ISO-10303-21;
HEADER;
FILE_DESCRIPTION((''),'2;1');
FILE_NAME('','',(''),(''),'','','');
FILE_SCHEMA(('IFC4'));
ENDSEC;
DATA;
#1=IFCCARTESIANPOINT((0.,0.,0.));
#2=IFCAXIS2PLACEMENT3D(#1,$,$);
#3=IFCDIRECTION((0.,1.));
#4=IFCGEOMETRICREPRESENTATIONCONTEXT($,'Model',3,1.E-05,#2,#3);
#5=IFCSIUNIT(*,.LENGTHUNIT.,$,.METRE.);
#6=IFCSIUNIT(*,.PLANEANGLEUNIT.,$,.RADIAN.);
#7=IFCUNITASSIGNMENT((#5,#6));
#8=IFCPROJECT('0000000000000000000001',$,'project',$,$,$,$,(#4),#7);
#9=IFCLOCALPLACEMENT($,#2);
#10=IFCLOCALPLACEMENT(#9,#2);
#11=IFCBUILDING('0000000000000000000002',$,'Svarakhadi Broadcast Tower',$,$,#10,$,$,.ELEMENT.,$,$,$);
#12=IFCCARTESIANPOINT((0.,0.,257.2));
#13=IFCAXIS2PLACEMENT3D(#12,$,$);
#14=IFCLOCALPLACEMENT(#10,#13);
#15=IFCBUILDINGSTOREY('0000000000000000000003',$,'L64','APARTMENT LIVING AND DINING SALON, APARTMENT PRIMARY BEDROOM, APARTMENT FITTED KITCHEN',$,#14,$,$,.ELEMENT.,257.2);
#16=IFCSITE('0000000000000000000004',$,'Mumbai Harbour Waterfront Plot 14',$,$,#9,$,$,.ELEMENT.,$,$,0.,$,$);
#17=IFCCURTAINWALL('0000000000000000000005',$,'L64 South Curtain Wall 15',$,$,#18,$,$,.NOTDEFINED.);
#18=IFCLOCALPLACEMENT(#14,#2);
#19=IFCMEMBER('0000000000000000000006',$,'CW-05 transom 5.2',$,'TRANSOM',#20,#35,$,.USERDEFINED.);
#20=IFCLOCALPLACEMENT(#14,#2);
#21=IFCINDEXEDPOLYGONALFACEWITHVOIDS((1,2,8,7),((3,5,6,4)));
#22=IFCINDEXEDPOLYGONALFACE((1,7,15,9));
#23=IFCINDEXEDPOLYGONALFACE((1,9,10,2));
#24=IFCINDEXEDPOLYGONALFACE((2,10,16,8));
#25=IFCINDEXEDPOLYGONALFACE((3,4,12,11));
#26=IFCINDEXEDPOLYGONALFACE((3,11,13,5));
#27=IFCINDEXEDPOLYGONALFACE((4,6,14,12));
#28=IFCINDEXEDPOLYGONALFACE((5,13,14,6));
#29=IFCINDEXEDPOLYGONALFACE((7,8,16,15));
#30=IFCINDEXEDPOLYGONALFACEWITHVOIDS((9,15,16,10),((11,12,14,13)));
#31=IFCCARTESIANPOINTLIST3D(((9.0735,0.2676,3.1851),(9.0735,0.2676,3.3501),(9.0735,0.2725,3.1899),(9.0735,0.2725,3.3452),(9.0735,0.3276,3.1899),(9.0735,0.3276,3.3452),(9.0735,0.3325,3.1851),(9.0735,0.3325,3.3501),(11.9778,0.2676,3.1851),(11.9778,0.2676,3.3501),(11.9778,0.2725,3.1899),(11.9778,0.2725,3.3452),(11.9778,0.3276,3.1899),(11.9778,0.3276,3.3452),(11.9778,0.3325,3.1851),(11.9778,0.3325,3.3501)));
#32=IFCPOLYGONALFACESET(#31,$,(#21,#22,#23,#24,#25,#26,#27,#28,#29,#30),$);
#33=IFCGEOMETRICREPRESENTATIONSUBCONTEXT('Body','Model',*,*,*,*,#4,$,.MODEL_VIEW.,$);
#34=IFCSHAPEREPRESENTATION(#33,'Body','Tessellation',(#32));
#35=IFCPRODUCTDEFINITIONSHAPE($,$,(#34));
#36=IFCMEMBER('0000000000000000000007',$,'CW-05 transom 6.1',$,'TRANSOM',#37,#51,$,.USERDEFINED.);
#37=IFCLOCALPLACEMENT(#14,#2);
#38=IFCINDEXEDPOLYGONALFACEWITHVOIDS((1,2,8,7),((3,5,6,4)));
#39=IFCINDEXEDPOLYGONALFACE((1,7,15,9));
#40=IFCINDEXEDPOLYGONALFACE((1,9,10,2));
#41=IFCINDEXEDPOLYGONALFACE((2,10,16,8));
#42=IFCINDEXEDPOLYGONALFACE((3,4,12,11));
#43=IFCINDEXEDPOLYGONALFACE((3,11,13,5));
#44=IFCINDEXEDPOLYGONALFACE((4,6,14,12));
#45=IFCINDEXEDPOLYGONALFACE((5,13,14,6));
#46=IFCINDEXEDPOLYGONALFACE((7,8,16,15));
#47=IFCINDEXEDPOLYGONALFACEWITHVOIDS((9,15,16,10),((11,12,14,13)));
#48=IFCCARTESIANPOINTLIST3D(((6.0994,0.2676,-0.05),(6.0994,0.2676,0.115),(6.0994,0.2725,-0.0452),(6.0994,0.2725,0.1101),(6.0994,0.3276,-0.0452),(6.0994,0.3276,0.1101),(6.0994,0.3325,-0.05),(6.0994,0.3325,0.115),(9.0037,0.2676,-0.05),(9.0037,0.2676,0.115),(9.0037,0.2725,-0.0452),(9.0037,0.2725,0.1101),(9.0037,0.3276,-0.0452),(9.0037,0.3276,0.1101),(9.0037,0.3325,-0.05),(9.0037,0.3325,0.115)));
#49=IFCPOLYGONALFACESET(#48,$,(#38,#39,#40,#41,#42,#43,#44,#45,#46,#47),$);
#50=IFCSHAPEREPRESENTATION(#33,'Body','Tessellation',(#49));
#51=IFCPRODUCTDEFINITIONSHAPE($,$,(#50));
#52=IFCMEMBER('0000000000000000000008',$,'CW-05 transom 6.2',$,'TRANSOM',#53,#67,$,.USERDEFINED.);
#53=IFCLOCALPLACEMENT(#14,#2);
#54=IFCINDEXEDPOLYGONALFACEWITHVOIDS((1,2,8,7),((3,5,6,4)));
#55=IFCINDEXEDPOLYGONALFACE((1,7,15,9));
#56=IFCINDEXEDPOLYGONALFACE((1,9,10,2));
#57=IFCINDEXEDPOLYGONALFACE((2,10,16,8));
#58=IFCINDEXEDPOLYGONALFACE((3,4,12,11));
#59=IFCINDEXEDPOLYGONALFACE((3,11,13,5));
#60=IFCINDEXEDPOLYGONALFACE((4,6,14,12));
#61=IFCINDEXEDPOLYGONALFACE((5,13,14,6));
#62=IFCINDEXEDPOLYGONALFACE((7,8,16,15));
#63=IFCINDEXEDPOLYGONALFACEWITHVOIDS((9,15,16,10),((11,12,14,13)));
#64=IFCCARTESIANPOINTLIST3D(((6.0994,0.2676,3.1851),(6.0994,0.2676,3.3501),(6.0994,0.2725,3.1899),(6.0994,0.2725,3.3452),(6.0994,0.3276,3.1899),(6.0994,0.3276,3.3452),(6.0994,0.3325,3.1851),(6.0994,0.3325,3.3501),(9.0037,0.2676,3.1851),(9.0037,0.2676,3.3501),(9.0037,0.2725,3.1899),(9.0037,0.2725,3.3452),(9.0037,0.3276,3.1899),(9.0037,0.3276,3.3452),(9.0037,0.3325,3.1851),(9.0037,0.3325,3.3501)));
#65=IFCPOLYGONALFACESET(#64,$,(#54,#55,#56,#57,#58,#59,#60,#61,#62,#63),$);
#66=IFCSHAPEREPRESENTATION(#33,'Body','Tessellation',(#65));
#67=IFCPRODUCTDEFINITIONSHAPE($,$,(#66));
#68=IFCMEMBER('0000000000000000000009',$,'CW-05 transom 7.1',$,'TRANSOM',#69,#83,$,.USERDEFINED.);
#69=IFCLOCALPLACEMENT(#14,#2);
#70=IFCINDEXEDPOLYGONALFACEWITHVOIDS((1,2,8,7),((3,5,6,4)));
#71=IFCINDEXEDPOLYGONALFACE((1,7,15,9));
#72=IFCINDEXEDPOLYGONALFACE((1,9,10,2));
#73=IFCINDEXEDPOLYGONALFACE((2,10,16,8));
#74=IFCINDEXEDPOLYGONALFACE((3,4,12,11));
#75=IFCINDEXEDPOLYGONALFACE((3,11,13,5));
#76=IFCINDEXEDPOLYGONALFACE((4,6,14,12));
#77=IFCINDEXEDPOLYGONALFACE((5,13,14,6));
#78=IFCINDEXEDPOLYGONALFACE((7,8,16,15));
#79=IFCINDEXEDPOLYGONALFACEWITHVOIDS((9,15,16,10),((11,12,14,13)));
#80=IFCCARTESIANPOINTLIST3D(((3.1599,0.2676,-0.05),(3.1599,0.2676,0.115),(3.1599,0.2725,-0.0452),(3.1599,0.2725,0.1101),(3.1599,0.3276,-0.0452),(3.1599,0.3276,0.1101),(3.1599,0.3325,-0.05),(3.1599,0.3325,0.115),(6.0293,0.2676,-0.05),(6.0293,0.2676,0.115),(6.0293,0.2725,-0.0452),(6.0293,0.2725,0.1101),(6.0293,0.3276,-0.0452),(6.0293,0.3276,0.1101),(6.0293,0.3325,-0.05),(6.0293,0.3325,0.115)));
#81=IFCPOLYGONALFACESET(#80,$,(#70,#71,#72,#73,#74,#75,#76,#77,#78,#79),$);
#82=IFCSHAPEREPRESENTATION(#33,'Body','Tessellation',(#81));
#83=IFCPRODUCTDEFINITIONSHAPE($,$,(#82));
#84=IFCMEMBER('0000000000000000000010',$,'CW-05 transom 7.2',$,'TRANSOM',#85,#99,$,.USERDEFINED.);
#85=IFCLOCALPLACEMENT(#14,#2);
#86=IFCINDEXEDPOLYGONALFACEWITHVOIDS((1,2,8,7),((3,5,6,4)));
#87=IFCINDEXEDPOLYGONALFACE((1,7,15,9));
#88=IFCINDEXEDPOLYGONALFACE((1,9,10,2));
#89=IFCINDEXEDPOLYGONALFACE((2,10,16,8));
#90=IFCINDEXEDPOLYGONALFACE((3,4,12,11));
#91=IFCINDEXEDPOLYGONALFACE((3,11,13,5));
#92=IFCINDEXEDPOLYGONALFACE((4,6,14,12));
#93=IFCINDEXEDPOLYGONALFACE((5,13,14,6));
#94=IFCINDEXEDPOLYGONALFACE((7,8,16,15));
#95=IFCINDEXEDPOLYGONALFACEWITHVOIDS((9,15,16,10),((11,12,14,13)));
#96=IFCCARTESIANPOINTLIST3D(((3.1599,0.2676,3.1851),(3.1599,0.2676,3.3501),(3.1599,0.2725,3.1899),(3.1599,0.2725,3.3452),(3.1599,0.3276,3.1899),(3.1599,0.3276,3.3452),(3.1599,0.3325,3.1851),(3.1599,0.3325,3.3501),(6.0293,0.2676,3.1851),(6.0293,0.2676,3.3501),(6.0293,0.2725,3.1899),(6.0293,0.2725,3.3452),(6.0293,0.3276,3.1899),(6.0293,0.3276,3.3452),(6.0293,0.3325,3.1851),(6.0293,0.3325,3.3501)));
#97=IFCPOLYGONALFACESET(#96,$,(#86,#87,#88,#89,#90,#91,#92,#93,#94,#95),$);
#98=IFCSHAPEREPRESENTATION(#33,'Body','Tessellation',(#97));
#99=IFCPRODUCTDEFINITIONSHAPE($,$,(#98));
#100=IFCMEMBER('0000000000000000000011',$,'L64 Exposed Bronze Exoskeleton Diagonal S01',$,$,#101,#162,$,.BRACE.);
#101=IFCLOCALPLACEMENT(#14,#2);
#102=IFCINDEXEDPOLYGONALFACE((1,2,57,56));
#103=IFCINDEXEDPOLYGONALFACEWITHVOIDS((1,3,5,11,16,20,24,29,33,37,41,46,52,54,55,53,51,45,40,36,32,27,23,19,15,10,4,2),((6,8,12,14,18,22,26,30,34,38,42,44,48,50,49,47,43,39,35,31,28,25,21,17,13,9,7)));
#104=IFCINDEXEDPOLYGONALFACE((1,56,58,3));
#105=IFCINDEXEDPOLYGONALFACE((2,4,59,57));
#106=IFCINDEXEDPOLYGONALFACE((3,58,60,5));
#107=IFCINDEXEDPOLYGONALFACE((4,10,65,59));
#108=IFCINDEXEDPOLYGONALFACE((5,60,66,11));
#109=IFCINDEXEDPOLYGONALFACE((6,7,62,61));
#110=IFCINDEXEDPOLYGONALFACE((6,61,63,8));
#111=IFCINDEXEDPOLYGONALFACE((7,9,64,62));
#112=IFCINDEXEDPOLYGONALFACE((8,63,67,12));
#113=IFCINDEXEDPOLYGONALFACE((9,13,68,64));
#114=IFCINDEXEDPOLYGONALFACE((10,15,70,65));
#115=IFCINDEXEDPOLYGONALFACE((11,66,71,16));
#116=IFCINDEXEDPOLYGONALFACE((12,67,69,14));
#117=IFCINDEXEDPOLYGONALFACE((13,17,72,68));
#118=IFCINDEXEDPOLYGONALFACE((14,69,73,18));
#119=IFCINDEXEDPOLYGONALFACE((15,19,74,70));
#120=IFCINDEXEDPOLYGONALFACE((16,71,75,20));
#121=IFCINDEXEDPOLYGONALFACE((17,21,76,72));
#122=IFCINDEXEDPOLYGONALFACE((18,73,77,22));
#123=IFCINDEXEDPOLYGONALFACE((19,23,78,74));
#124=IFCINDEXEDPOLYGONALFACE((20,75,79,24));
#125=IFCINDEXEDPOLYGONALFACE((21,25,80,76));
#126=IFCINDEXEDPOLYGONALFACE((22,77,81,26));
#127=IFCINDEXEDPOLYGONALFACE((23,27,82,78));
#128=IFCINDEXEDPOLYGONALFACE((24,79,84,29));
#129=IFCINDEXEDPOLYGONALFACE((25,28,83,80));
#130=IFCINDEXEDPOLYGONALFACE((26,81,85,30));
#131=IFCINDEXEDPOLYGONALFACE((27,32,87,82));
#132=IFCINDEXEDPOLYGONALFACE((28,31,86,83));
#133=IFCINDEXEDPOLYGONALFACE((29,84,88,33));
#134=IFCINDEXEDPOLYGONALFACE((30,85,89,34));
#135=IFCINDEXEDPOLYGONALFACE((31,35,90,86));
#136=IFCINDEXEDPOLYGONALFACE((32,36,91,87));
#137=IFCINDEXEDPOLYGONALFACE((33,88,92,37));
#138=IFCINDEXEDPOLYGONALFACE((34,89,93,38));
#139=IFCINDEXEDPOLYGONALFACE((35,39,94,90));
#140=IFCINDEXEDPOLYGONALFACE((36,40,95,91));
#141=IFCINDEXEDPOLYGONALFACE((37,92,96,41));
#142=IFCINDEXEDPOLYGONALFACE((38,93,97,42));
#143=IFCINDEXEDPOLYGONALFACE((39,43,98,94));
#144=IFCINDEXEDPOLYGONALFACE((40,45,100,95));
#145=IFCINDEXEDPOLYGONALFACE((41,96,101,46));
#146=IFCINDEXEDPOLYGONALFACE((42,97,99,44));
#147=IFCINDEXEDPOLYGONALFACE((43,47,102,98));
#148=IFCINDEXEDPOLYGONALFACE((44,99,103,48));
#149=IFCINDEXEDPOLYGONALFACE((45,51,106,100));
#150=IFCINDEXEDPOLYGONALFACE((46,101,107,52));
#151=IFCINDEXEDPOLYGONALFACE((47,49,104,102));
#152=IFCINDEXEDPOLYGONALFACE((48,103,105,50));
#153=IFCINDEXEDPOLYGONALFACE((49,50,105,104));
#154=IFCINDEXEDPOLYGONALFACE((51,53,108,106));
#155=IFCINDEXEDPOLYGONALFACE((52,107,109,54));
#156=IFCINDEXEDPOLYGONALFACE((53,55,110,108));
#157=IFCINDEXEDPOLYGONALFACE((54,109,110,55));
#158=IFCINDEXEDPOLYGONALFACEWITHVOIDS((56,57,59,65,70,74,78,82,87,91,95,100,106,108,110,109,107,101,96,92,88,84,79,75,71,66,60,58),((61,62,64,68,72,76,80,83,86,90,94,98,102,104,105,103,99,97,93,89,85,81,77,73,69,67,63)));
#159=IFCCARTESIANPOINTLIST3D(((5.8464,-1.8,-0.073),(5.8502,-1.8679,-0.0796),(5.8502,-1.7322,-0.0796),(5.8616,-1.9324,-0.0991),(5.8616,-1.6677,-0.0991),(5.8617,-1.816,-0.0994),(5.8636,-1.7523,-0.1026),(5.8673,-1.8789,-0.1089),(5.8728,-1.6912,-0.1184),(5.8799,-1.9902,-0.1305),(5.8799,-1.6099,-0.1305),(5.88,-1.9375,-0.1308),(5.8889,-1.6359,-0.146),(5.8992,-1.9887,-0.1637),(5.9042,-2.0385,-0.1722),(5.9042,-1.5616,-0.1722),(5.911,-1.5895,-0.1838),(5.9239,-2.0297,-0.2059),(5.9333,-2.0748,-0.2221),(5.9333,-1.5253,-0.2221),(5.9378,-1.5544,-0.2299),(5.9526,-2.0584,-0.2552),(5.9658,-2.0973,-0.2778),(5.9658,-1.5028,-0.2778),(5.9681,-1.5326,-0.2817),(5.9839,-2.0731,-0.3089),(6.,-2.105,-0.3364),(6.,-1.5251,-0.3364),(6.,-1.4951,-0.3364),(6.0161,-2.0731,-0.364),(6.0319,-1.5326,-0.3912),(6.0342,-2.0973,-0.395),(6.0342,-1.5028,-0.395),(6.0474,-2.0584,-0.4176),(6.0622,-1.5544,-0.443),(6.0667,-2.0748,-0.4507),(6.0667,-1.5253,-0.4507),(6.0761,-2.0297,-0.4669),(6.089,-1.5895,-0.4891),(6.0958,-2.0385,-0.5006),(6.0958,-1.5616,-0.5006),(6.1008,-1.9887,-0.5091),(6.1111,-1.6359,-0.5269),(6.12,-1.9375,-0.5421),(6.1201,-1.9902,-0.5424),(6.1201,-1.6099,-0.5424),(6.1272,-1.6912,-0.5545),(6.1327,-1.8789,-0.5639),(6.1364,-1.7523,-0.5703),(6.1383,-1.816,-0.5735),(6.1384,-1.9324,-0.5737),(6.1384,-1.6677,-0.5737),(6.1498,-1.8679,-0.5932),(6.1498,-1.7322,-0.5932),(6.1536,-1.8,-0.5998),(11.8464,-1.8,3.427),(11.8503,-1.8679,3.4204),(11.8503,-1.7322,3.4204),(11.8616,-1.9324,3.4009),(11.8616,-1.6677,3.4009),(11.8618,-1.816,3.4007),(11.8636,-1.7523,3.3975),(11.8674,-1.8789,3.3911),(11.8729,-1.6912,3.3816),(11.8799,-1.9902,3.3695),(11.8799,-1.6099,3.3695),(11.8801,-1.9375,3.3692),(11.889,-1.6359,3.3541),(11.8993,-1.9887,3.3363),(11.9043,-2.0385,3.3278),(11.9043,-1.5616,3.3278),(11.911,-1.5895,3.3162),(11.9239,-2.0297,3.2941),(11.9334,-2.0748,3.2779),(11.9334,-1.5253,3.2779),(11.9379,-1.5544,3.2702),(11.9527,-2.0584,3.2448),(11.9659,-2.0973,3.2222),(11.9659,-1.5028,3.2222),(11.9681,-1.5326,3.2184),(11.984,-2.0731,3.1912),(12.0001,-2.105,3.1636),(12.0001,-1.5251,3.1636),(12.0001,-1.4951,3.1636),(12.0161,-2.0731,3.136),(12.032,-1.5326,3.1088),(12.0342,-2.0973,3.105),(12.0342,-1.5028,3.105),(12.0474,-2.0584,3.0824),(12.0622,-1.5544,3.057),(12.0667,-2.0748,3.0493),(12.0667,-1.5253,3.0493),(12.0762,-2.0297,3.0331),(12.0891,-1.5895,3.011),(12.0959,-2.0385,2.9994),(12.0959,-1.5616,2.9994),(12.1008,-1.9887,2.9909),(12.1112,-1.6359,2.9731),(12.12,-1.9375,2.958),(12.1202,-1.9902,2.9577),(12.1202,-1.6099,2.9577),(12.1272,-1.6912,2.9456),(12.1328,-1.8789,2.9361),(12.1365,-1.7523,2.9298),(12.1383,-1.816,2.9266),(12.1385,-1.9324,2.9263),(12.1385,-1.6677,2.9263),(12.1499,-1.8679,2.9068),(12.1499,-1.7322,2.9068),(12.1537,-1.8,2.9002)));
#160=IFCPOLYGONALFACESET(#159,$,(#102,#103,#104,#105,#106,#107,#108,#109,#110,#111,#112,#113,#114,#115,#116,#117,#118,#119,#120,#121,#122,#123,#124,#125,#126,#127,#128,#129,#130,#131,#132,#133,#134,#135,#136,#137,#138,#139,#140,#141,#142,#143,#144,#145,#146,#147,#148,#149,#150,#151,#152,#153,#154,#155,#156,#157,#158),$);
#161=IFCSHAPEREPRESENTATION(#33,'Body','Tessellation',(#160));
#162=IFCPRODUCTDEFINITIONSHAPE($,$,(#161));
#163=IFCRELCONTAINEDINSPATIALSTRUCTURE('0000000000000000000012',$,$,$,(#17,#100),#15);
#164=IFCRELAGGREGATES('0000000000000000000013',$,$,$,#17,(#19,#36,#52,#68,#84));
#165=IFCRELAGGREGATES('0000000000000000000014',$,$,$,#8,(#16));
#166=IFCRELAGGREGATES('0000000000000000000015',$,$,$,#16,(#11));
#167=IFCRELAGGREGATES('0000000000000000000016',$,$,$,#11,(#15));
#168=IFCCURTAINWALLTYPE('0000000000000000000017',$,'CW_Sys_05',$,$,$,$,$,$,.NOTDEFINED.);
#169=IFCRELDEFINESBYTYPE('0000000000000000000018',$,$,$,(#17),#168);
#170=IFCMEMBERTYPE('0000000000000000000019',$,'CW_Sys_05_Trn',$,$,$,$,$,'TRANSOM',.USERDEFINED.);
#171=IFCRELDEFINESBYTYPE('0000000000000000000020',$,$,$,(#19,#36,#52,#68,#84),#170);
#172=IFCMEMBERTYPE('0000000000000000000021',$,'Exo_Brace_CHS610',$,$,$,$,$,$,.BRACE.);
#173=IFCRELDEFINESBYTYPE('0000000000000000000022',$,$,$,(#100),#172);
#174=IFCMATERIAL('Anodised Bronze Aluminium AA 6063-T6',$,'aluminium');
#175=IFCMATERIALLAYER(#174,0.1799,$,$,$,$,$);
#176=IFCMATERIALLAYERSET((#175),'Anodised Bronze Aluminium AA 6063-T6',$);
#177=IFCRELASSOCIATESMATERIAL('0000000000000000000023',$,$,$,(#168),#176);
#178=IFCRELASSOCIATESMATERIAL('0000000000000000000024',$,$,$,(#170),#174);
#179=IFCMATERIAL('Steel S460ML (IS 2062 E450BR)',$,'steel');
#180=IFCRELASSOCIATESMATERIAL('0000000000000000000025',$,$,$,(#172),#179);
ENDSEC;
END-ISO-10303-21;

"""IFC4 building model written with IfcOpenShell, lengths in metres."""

from ifc_helpers import new_model, si_unit, direction, frame, origin, origin_2d, place, context, subcontext, project, spatial, hollow_rectangle, hollow_circle, extrude, material, layer, layer_set, material_profile, profile_set, type_object, element, aggregate, save


model = new_model("IFC4")

# Units and contexts
model_context = context("Model", 3, precision=1e-05, world=origin(), true_north=direction((0.0, 1.0)))
body_context = subcontext(model_context, "Body", "Model", "MODEL_VIEW")
ifc_project = project(units=[si_unit("LENGTHUNIT", "METRE"), si_unit("PLANEANGLEUNIT", "RADIAN")], contexts=[model_context])

# Site, building, storey
site_placement = place(None, origin())
site = spatial("IfcSite", under=ifc_project, at=site_placement, Name="Mumbai Harbour Waterfront Plot 14", CompositionType="ELEMENT", RefElevation=0.0)
building_placement = place(site_placement, origin())
building = spatial("IfcBuilding", under=site, at=building_placement, Name="Svarakhadi Broadcast Tower", CompositionType="ELEMENT")
storey_placement = place(building_placement, frame((0.0, 0.0, 257.2)))
storey = spatial("IfcBuildingStorey", under=building, at=storey_placement, Name="L64", Description="APARTMENT LIVING AND DINING SALON, APARTMENT PRIMARY BEDROOM, APARTMENT FITTED KITCHEN", CompositionType="ELEMENT", Elevation=257.2)

# Shared definitions
ifc_material_1 = material(Name="Steel S460ML (IS 2062 E450BR)", Category="steel")

# Curtain wall, members
ifc_material_2 = material(Name="Anodised Bronze Aluminium AA 6063-T6", Category="aluminium")
ifc_layer_1 = layer(ifc_material_2, 0.1799)
ifc_layer_set_1 = layer_set([ifc_layer_1], Name="Anodised Bronze Aluminium AA 6063-T6")
curtain_wall_type = type_object("IfcCurtainWallType", Name="CW_Sys_05", PredefinedType="NOTDEFINED", material=ifc_layer_set_1)
curtain_wall_placement = place(storey_placement, origin())
curtain_wall = element("IfcCurtainWall", 1, at=curtain_wall_placement, inside=storey, type_object=curtain_wall_type, Name="L64 South Curtain Wall 15", PredefinedType="NOTDEFINED")
ifc_material_profile_1 = material_profile(ifc_material_2, hollow_rectangle(XDim=0.0649, YDim=0.165, WallThickness=0.0049, at=origin_2d()), Name="ALU TRANSOM 165x65x5")
ifc_profile_set_1 = profile_set([ifc_material_profile_1], Name="Anodised Bronze Aluminium AA 6063-T6")
member_type_1 = type_object("IfcMemberType", Name="CW_Sys_05_Trn", ElementType="TRANSOM", PredefinedType="USERDEFINED", material=ifc_profile_set_1)
member_1_placement = place(storey_placement, frame((11.9778, 0.3, 3.2676), z_axis=(-1.0, 0.0, 0.0), x_axis=(0.0, -1.0, 0.0)))
member_1 = element("IfcMember", 2, at=member_1_placement, type_object=member_type_1, Name="CW-05 transom 5.2", ObjectType="TRANSOM", PredefinedType="USERDEFINED", context=body_context, shape_type="SweptSolid", body=[
    extrude(hollow_rectangle(XDim=0.0649, YDim=0.165, WallThickness=0.0049, at=origin_2d()), origin(), (0.0, 0.0, 1.0), 2.9043),
])
member_2_placement = place(storey_placement, frame((9.0037, 0.3, 0.0325), z_axis=(-1.0, 0.0, 0.0), x_axis=(0.0, -1.0, 0.0)))
member_2 = element("IfcMember", 3, at=member_2_placement, type_object=member_type_1, Name="CW-05 transom 6.1", ObjectType="TRANSOM", PredefinedType="USERDEFINED", context=body_context, shape_type="SweptSolid", body=[
    extrude(hollow_rectangle(XDim=0.0649, YDim=0.165, WallThickness=0.0049, at=origin_2d()), origin(), (0.0, 0.0, 1.0), 2.9043),
])
member_3_placement = place(storey_placement, frame((9.0037, 0.3, 3.2676), z_axis=(-1.0, 0.0, 0.0), x_axis=(0.0, -1.0, 0.0)))
member_3 = element("IfcMember", 4, at=member_3_placement, type_object=member_type_1, Name="CW-05 transom 6.2", ObjectType="TRANSOM", PredefinedType="USERDEFINED", context=body_context, shape_type="SweptSolid", body=[
    extrude(hollow_rectangle(XDim=0.0649, YDim=0.165, WallThickness=0.0049, at=origin_2d()), origin(), (0.0, 0.0, 1.0), 2.9043),
])
member_4_placement = place(storey_placement, frame((6.0293, 0.3, 0.0325), z_axis=(-1.0, 0.0, 0.0), x_axis=(0.0, -1.0, 0.0)))
member_4 = element("IfcMember", 5, at=member_4_placement, type_object=member_type_1, Name="CW-05 transom 7.1", ObjectType="TRANSOM", PredefinedType="USERDEFINED", context=body_context, shape_type="SweptSolid", body=[
    extrude(hollow_rectangle(XDim=0.0649, YDim=0.165, WallThickness=0.0049, at=origin_2d()), origin(), (0.0, 0.0, 1.0), 2.8694),
])
member_5_placement = place(storey_placement, frame((6.0293, 0.3, 3.2676), z_axis=(-1.0, 0.0, 0.0), x_axis=(0.0, -1.0, 0.0)))
member_5 = element("IfcMember", 6, at=member_5_placement, type_object=member_type_1, Name="CW-05 transom 7.2", ObjectType="TRANSOM", PredefinedType="USERDEFINED", context=body_context, shape_type="SweptSolid", body=[
    extrude(hollow_rectangle(XDim=0.0649, YDim=0.165, WallThickness=0.0049, at=origin_2d()), origin(), (0.0, 0.0, 1.0), 2.8694),
])

# Member
ifc_material_profile_2 = material_profile(ifc_material_1, hollow_circle(Radius=0.3049, WallThickness=0.03, at=origin_2d()), Name="CHS 610x30")
ifc_profile_set_2 = profile_set([ifc_material_profile_2], Name="Steel S460ML (IS 2062 E450BR)")
member_type_2 = type_object("IfcMemberType", Name="Exo_Brace_CHS610", PredefinedType="BRACE", material=ifc_profile_set_2)
member_6_placement = place(storey_placement, frame((6.0, -1.8, -0.3364), z_axis=(0.863779, 0.0, 0.503871), x_axis=(0.0, 1.0, 0.0)))
element("IfcMember", 7, at=member_6_placement, inside=storey, type_object=member_type_2, Name="L64 Exposed Bronze Exoskeleton Diagonal S01", PredefinedType="BRACE", context=body_context, shape_type="SweptSolid", body=[
    extrude(hollow_circle(Radius=0.3049, WallThickness=0.03, at=origin_2d()), origin(), (0.0, 0.0, 1.0), 6.9463),
])

aggregate(curtain_wall, [member_1, member_2, member_3, member_4, member_5])

save(model, "model.ifc")
